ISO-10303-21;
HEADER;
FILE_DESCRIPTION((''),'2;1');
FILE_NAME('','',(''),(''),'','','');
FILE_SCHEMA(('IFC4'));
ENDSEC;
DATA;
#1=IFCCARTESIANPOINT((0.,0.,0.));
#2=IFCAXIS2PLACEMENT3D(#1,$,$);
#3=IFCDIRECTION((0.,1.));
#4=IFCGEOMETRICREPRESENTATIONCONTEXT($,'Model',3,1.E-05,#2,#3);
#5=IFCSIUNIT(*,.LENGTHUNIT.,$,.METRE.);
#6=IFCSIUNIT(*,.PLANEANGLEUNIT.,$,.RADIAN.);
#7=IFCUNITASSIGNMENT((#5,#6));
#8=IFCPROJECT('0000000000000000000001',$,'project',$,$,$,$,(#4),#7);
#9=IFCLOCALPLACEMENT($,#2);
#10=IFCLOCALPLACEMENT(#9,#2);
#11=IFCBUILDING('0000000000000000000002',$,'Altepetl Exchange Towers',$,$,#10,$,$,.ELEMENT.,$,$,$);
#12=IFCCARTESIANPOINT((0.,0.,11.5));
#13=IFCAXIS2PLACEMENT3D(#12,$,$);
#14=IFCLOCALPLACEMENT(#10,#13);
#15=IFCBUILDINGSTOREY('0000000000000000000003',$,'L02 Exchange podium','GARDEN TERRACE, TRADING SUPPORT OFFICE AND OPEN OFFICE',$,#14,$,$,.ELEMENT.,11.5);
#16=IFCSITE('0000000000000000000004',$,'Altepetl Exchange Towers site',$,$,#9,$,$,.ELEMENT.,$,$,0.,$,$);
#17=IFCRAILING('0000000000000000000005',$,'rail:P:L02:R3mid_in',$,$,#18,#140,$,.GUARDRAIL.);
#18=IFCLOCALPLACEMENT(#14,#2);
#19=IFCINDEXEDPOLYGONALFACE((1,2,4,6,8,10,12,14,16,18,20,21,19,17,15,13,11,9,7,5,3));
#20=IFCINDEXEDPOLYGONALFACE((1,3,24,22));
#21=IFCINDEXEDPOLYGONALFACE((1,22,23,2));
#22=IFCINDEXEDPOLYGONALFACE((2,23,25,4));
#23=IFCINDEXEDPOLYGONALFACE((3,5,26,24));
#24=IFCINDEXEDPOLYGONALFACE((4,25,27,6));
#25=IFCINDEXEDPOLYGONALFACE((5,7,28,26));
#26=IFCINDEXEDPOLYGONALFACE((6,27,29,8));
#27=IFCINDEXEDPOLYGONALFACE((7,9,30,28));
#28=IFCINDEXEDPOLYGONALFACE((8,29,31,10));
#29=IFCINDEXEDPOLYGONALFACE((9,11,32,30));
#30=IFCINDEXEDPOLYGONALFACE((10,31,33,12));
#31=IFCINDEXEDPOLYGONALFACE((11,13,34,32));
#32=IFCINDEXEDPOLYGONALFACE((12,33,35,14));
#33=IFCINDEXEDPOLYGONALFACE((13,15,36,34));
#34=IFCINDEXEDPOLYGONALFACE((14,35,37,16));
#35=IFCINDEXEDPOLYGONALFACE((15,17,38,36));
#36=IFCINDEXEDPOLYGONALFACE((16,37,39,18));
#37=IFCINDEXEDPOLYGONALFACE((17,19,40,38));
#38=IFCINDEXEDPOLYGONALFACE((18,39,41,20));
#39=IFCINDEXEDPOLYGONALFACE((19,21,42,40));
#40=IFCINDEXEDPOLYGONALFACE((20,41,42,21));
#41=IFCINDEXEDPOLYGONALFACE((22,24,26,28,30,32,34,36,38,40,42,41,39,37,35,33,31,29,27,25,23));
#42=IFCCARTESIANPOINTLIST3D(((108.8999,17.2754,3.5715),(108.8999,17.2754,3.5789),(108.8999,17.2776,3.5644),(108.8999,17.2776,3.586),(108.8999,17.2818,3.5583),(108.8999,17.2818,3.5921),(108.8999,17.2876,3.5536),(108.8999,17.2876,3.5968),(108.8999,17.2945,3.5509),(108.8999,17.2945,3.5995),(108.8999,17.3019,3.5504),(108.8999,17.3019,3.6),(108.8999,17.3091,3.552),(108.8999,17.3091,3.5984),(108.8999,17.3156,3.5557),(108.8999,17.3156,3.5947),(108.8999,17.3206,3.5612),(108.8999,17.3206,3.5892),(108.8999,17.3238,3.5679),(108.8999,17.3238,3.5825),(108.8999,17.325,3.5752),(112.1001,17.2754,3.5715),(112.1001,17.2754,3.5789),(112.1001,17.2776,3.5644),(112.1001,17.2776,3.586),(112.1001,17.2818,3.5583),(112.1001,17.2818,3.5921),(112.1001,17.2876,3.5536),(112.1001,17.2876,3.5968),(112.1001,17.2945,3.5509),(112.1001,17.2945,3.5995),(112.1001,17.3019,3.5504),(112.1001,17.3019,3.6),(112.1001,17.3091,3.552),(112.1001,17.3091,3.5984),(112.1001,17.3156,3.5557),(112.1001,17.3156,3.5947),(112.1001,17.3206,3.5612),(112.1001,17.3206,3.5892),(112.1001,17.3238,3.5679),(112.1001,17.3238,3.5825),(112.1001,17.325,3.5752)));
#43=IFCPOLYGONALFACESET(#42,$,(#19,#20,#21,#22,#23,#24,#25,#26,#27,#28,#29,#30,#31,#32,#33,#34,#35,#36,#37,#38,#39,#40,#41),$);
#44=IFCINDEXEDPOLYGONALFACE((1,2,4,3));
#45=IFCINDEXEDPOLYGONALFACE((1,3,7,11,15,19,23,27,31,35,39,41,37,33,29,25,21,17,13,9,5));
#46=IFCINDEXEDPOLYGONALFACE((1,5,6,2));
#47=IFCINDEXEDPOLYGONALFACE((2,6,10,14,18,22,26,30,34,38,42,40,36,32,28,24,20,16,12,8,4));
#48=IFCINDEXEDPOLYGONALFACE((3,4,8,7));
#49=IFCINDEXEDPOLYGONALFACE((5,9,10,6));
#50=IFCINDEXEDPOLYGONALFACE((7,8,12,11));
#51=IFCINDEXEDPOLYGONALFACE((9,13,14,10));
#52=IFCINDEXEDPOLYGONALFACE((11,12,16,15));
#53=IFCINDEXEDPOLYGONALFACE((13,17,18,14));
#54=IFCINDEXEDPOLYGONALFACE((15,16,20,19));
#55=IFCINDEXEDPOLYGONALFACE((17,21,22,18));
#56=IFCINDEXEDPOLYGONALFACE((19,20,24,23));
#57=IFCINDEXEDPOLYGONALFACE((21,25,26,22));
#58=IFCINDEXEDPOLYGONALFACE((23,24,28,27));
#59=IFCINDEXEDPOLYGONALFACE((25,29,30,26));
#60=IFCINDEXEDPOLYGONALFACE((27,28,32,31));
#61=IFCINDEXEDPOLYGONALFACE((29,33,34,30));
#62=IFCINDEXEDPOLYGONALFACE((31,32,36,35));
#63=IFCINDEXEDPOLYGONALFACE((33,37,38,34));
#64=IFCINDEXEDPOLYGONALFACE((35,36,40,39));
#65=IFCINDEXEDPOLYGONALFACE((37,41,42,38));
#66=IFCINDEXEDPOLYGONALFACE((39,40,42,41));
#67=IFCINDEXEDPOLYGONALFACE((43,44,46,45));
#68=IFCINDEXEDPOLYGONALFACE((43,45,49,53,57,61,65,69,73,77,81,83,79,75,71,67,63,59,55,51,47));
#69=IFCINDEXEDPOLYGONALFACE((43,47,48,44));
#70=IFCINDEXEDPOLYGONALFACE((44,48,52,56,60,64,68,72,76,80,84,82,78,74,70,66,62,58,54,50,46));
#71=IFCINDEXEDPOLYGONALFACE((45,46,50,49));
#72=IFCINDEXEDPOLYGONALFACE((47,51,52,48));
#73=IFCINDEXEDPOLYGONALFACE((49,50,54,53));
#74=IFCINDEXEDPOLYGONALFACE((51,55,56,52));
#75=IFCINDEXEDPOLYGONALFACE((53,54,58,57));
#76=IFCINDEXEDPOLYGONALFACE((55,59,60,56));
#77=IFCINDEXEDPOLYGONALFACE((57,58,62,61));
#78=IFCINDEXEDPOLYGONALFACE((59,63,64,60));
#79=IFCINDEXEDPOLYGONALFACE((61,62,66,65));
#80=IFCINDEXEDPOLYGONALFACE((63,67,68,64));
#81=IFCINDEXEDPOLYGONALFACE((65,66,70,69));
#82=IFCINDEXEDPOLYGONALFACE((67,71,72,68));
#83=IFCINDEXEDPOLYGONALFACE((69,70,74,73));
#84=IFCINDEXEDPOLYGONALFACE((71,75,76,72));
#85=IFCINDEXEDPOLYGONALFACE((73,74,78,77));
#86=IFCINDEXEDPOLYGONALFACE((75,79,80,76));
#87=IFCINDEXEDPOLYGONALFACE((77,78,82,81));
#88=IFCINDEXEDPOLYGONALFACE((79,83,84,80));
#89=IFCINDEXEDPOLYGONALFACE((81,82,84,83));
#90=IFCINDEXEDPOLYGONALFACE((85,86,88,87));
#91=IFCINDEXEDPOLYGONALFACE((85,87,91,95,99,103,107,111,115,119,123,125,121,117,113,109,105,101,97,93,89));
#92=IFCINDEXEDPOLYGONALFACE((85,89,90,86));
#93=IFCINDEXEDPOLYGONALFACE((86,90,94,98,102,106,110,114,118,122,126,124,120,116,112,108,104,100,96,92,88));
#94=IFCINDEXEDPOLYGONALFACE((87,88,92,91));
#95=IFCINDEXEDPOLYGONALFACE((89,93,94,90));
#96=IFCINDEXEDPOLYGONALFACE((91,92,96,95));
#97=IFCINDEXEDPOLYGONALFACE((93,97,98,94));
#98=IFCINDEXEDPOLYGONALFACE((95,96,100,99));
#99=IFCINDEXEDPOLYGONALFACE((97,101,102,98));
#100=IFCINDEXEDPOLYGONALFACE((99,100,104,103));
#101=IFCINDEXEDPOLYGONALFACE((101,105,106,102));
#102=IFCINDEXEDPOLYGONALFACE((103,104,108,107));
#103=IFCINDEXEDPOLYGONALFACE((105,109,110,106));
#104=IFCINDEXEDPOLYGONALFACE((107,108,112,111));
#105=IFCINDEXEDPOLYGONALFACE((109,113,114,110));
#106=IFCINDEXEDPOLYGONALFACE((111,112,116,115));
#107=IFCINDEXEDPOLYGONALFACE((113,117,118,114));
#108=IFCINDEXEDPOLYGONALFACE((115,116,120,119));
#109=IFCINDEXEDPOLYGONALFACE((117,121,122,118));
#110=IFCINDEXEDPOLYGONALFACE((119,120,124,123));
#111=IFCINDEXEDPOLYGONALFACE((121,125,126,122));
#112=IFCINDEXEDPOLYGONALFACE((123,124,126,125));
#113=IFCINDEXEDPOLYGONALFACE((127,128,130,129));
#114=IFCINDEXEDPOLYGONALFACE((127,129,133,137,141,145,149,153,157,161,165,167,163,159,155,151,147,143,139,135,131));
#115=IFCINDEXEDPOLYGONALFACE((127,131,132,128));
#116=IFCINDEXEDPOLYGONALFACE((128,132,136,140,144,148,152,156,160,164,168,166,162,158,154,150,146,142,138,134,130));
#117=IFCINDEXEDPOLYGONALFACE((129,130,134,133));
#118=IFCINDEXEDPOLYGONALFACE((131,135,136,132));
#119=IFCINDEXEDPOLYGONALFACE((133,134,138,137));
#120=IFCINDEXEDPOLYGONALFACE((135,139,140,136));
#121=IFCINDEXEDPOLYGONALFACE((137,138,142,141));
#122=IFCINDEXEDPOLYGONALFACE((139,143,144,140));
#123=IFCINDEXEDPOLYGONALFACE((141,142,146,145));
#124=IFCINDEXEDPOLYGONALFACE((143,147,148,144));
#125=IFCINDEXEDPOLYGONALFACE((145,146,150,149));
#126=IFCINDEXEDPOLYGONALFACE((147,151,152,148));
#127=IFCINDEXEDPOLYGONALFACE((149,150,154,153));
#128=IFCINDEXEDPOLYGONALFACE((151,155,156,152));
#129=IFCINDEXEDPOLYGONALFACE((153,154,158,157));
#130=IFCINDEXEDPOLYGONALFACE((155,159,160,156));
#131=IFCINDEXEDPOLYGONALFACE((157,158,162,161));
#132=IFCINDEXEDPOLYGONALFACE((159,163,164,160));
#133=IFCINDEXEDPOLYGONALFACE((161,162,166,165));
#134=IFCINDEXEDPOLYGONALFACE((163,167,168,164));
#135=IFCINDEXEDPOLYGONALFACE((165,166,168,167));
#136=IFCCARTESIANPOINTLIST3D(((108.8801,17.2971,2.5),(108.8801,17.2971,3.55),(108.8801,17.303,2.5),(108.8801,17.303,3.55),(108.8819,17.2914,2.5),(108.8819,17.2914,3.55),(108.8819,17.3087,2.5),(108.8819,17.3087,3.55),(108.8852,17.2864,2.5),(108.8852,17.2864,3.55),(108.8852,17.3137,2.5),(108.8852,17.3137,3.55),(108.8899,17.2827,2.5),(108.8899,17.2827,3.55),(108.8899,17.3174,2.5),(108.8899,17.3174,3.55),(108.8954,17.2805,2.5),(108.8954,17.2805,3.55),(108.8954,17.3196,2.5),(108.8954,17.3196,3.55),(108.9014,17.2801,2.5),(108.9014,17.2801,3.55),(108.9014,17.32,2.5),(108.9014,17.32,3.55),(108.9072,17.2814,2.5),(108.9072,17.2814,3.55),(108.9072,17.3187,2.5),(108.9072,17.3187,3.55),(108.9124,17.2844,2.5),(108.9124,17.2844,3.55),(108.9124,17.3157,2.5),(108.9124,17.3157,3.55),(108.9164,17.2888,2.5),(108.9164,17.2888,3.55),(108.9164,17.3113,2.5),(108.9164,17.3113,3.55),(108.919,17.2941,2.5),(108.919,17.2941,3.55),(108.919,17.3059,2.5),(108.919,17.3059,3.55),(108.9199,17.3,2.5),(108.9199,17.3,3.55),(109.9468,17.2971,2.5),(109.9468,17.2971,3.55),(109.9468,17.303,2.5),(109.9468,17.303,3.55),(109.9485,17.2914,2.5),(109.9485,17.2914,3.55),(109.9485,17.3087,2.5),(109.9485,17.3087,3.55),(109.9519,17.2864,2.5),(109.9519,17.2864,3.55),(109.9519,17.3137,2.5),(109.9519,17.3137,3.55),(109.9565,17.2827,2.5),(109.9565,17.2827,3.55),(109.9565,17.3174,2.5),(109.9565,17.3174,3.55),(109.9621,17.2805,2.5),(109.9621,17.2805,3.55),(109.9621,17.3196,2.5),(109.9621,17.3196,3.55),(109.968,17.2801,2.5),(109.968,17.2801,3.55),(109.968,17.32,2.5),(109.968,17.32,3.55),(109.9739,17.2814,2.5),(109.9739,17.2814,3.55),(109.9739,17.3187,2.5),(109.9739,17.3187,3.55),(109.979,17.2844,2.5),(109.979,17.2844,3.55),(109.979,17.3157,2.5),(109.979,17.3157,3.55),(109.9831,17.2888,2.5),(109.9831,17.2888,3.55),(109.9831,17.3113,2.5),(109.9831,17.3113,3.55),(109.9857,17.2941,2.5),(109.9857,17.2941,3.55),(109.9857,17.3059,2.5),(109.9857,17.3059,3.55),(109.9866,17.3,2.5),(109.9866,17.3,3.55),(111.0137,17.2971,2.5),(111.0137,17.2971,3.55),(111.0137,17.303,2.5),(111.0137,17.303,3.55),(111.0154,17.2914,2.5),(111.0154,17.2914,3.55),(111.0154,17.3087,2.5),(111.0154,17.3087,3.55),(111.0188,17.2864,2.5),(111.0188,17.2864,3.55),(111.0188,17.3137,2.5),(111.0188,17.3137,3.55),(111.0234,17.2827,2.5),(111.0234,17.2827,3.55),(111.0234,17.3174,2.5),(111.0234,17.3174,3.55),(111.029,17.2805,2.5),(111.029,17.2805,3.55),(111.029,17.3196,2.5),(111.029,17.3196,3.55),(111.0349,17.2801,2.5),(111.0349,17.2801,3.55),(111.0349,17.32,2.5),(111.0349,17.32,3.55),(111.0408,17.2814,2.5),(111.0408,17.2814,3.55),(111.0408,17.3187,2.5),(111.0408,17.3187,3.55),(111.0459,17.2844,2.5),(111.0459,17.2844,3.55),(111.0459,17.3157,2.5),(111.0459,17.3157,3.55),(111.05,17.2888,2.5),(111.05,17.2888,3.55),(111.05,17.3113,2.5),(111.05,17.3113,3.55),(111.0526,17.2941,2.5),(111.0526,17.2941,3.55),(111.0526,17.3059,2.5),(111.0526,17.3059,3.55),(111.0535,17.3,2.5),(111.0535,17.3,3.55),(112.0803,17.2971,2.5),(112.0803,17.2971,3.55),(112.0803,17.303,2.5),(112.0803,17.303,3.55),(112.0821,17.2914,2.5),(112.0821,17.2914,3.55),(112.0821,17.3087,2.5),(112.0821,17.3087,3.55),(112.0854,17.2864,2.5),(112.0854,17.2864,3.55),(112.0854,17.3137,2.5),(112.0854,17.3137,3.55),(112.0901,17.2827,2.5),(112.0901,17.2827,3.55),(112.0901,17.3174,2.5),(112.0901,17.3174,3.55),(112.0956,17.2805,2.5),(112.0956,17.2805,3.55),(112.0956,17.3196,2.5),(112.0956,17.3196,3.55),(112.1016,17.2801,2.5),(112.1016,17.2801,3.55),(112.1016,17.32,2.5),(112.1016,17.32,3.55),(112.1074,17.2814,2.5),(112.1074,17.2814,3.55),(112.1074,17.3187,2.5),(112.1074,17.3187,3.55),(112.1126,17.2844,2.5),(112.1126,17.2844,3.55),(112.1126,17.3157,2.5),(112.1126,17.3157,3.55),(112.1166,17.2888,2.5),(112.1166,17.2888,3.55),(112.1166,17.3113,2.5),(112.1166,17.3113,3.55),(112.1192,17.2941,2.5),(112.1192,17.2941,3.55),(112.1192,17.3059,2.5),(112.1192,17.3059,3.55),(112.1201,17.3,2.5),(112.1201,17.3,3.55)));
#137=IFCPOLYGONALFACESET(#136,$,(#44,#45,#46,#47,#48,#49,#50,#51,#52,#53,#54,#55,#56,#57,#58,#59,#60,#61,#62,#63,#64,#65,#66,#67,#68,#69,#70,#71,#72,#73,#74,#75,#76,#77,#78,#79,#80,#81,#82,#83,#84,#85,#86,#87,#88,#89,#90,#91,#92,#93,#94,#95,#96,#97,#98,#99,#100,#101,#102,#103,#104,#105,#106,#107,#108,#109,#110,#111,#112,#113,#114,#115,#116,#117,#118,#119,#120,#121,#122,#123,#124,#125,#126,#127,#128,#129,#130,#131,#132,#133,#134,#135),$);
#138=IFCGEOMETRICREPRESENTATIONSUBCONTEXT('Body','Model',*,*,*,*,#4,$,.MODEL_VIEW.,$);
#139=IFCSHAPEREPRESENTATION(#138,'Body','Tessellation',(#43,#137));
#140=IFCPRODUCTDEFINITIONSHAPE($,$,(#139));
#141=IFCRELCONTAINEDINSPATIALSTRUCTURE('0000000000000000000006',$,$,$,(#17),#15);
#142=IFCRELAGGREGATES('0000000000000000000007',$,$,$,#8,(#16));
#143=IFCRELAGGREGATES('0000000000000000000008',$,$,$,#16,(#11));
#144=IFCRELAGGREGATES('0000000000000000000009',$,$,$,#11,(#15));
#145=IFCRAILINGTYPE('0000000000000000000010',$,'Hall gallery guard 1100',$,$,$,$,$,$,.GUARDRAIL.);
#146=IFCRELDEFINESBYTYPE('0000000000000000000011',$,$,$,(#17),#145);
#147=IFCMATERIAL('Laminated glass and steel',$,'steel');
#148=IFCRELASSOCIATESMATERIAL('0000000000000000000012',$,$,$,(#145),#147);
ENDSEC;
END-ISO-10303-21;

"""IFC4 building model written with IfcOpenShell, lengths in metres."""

from ifc_helpers import new_model, si_unit, direction, frame, origin, origin_2d, place, context, subcontext, project, spatial, circle, extrude, source, transform, mapped, material, type_object, element, save


model = new_model("IFC4")

# Units and contexts
model_context = context("Model", 3, precision=1e-05, world=origin(), true_north=direction((0.0, 1.0)))
body_context = subcontext(model_context, "Body", "Model", "MODEL_VIEW")
ifc_project = project(units=[si_unit("LENGTHUNIT", "METRE"), si_unit("PLANEANGLEUNIT", "RADIAN")], contexts=[model_context])

# Site, building, storey
site_placement = place(None, origin())
site = spatial("IfcSite", under=ifc_project, at=site_placement, Name="Altepetl Exchange Towers site", CompositionType="ELEMENT", RefElevation=0.0)
building_placement = place(site_placement, origin())
building = spatial("IfcBuilding", under=site, at=building_placement, Name="Altepetl Exchange Towers", CompositionType="ELEMENT")
storey_placement = place(building_placement, frame((0.0, 0.0, 11.5)))
storey = spatial("IfcBuildingStorey", under=building, at=storey_placement, Name="L02 Exchange podium", Description="GARDEN TERRACE, TRADING SUPPORT OFFICE AND OPEN OFFICE", CompositionType="ELEMENT", Elevation=11.5)

# Railing
ifc_material_1 = material(Name="Laminated glass and steel", Category="steel")
railing_type_1 = type_object("IfcRailingType", Name="Hall gallery guard 1100", PredefinedType="GUARDRAIL", material=ifc_material_1)
shared_shape_1 = source(origin(), body_context, "Body", "SweptSolid", [
    extrude(circle(Radius=0.02, at=origin_2d()), origin(), (0.0, 0.0, 1.0), 1.05),
])
for number, where, name in (
    (1, (108.8999, 17.3, 2.5), "rail:P:L02:R3mid_in"),
):
    element("IfcRailing", number, at=place(storey_placement, frame(where)), inside=storey, type_object=railing_type_1, Name=name, PredefinedType="GUARDRAIL", context=body_context, shape_type="SweptSolid", body=[
        extrude(circle(Radius=0.0249, at=origin_2d()), frame((0.0, 0.0, 1.0752), z_axis=(1.0, 0.0, 0.0), x_axis=(0.0, 1.0, 0.0)), (0.0, 0.0, 1.0), 3.2002),
        mapped(shared_shape_1, transform((0.0, 0.0, 0.0))),
        mapped(shared_shape_1, transform((1.0667, 0.0, 0.0))),
        mapped(shared_shape_1, transform((2.1335, 0.0, 0.0))),
        mapped(shared_shape_1, transform((3.2002, 0.0, 0.0))),
    ])

save(model, "model.ifc")
